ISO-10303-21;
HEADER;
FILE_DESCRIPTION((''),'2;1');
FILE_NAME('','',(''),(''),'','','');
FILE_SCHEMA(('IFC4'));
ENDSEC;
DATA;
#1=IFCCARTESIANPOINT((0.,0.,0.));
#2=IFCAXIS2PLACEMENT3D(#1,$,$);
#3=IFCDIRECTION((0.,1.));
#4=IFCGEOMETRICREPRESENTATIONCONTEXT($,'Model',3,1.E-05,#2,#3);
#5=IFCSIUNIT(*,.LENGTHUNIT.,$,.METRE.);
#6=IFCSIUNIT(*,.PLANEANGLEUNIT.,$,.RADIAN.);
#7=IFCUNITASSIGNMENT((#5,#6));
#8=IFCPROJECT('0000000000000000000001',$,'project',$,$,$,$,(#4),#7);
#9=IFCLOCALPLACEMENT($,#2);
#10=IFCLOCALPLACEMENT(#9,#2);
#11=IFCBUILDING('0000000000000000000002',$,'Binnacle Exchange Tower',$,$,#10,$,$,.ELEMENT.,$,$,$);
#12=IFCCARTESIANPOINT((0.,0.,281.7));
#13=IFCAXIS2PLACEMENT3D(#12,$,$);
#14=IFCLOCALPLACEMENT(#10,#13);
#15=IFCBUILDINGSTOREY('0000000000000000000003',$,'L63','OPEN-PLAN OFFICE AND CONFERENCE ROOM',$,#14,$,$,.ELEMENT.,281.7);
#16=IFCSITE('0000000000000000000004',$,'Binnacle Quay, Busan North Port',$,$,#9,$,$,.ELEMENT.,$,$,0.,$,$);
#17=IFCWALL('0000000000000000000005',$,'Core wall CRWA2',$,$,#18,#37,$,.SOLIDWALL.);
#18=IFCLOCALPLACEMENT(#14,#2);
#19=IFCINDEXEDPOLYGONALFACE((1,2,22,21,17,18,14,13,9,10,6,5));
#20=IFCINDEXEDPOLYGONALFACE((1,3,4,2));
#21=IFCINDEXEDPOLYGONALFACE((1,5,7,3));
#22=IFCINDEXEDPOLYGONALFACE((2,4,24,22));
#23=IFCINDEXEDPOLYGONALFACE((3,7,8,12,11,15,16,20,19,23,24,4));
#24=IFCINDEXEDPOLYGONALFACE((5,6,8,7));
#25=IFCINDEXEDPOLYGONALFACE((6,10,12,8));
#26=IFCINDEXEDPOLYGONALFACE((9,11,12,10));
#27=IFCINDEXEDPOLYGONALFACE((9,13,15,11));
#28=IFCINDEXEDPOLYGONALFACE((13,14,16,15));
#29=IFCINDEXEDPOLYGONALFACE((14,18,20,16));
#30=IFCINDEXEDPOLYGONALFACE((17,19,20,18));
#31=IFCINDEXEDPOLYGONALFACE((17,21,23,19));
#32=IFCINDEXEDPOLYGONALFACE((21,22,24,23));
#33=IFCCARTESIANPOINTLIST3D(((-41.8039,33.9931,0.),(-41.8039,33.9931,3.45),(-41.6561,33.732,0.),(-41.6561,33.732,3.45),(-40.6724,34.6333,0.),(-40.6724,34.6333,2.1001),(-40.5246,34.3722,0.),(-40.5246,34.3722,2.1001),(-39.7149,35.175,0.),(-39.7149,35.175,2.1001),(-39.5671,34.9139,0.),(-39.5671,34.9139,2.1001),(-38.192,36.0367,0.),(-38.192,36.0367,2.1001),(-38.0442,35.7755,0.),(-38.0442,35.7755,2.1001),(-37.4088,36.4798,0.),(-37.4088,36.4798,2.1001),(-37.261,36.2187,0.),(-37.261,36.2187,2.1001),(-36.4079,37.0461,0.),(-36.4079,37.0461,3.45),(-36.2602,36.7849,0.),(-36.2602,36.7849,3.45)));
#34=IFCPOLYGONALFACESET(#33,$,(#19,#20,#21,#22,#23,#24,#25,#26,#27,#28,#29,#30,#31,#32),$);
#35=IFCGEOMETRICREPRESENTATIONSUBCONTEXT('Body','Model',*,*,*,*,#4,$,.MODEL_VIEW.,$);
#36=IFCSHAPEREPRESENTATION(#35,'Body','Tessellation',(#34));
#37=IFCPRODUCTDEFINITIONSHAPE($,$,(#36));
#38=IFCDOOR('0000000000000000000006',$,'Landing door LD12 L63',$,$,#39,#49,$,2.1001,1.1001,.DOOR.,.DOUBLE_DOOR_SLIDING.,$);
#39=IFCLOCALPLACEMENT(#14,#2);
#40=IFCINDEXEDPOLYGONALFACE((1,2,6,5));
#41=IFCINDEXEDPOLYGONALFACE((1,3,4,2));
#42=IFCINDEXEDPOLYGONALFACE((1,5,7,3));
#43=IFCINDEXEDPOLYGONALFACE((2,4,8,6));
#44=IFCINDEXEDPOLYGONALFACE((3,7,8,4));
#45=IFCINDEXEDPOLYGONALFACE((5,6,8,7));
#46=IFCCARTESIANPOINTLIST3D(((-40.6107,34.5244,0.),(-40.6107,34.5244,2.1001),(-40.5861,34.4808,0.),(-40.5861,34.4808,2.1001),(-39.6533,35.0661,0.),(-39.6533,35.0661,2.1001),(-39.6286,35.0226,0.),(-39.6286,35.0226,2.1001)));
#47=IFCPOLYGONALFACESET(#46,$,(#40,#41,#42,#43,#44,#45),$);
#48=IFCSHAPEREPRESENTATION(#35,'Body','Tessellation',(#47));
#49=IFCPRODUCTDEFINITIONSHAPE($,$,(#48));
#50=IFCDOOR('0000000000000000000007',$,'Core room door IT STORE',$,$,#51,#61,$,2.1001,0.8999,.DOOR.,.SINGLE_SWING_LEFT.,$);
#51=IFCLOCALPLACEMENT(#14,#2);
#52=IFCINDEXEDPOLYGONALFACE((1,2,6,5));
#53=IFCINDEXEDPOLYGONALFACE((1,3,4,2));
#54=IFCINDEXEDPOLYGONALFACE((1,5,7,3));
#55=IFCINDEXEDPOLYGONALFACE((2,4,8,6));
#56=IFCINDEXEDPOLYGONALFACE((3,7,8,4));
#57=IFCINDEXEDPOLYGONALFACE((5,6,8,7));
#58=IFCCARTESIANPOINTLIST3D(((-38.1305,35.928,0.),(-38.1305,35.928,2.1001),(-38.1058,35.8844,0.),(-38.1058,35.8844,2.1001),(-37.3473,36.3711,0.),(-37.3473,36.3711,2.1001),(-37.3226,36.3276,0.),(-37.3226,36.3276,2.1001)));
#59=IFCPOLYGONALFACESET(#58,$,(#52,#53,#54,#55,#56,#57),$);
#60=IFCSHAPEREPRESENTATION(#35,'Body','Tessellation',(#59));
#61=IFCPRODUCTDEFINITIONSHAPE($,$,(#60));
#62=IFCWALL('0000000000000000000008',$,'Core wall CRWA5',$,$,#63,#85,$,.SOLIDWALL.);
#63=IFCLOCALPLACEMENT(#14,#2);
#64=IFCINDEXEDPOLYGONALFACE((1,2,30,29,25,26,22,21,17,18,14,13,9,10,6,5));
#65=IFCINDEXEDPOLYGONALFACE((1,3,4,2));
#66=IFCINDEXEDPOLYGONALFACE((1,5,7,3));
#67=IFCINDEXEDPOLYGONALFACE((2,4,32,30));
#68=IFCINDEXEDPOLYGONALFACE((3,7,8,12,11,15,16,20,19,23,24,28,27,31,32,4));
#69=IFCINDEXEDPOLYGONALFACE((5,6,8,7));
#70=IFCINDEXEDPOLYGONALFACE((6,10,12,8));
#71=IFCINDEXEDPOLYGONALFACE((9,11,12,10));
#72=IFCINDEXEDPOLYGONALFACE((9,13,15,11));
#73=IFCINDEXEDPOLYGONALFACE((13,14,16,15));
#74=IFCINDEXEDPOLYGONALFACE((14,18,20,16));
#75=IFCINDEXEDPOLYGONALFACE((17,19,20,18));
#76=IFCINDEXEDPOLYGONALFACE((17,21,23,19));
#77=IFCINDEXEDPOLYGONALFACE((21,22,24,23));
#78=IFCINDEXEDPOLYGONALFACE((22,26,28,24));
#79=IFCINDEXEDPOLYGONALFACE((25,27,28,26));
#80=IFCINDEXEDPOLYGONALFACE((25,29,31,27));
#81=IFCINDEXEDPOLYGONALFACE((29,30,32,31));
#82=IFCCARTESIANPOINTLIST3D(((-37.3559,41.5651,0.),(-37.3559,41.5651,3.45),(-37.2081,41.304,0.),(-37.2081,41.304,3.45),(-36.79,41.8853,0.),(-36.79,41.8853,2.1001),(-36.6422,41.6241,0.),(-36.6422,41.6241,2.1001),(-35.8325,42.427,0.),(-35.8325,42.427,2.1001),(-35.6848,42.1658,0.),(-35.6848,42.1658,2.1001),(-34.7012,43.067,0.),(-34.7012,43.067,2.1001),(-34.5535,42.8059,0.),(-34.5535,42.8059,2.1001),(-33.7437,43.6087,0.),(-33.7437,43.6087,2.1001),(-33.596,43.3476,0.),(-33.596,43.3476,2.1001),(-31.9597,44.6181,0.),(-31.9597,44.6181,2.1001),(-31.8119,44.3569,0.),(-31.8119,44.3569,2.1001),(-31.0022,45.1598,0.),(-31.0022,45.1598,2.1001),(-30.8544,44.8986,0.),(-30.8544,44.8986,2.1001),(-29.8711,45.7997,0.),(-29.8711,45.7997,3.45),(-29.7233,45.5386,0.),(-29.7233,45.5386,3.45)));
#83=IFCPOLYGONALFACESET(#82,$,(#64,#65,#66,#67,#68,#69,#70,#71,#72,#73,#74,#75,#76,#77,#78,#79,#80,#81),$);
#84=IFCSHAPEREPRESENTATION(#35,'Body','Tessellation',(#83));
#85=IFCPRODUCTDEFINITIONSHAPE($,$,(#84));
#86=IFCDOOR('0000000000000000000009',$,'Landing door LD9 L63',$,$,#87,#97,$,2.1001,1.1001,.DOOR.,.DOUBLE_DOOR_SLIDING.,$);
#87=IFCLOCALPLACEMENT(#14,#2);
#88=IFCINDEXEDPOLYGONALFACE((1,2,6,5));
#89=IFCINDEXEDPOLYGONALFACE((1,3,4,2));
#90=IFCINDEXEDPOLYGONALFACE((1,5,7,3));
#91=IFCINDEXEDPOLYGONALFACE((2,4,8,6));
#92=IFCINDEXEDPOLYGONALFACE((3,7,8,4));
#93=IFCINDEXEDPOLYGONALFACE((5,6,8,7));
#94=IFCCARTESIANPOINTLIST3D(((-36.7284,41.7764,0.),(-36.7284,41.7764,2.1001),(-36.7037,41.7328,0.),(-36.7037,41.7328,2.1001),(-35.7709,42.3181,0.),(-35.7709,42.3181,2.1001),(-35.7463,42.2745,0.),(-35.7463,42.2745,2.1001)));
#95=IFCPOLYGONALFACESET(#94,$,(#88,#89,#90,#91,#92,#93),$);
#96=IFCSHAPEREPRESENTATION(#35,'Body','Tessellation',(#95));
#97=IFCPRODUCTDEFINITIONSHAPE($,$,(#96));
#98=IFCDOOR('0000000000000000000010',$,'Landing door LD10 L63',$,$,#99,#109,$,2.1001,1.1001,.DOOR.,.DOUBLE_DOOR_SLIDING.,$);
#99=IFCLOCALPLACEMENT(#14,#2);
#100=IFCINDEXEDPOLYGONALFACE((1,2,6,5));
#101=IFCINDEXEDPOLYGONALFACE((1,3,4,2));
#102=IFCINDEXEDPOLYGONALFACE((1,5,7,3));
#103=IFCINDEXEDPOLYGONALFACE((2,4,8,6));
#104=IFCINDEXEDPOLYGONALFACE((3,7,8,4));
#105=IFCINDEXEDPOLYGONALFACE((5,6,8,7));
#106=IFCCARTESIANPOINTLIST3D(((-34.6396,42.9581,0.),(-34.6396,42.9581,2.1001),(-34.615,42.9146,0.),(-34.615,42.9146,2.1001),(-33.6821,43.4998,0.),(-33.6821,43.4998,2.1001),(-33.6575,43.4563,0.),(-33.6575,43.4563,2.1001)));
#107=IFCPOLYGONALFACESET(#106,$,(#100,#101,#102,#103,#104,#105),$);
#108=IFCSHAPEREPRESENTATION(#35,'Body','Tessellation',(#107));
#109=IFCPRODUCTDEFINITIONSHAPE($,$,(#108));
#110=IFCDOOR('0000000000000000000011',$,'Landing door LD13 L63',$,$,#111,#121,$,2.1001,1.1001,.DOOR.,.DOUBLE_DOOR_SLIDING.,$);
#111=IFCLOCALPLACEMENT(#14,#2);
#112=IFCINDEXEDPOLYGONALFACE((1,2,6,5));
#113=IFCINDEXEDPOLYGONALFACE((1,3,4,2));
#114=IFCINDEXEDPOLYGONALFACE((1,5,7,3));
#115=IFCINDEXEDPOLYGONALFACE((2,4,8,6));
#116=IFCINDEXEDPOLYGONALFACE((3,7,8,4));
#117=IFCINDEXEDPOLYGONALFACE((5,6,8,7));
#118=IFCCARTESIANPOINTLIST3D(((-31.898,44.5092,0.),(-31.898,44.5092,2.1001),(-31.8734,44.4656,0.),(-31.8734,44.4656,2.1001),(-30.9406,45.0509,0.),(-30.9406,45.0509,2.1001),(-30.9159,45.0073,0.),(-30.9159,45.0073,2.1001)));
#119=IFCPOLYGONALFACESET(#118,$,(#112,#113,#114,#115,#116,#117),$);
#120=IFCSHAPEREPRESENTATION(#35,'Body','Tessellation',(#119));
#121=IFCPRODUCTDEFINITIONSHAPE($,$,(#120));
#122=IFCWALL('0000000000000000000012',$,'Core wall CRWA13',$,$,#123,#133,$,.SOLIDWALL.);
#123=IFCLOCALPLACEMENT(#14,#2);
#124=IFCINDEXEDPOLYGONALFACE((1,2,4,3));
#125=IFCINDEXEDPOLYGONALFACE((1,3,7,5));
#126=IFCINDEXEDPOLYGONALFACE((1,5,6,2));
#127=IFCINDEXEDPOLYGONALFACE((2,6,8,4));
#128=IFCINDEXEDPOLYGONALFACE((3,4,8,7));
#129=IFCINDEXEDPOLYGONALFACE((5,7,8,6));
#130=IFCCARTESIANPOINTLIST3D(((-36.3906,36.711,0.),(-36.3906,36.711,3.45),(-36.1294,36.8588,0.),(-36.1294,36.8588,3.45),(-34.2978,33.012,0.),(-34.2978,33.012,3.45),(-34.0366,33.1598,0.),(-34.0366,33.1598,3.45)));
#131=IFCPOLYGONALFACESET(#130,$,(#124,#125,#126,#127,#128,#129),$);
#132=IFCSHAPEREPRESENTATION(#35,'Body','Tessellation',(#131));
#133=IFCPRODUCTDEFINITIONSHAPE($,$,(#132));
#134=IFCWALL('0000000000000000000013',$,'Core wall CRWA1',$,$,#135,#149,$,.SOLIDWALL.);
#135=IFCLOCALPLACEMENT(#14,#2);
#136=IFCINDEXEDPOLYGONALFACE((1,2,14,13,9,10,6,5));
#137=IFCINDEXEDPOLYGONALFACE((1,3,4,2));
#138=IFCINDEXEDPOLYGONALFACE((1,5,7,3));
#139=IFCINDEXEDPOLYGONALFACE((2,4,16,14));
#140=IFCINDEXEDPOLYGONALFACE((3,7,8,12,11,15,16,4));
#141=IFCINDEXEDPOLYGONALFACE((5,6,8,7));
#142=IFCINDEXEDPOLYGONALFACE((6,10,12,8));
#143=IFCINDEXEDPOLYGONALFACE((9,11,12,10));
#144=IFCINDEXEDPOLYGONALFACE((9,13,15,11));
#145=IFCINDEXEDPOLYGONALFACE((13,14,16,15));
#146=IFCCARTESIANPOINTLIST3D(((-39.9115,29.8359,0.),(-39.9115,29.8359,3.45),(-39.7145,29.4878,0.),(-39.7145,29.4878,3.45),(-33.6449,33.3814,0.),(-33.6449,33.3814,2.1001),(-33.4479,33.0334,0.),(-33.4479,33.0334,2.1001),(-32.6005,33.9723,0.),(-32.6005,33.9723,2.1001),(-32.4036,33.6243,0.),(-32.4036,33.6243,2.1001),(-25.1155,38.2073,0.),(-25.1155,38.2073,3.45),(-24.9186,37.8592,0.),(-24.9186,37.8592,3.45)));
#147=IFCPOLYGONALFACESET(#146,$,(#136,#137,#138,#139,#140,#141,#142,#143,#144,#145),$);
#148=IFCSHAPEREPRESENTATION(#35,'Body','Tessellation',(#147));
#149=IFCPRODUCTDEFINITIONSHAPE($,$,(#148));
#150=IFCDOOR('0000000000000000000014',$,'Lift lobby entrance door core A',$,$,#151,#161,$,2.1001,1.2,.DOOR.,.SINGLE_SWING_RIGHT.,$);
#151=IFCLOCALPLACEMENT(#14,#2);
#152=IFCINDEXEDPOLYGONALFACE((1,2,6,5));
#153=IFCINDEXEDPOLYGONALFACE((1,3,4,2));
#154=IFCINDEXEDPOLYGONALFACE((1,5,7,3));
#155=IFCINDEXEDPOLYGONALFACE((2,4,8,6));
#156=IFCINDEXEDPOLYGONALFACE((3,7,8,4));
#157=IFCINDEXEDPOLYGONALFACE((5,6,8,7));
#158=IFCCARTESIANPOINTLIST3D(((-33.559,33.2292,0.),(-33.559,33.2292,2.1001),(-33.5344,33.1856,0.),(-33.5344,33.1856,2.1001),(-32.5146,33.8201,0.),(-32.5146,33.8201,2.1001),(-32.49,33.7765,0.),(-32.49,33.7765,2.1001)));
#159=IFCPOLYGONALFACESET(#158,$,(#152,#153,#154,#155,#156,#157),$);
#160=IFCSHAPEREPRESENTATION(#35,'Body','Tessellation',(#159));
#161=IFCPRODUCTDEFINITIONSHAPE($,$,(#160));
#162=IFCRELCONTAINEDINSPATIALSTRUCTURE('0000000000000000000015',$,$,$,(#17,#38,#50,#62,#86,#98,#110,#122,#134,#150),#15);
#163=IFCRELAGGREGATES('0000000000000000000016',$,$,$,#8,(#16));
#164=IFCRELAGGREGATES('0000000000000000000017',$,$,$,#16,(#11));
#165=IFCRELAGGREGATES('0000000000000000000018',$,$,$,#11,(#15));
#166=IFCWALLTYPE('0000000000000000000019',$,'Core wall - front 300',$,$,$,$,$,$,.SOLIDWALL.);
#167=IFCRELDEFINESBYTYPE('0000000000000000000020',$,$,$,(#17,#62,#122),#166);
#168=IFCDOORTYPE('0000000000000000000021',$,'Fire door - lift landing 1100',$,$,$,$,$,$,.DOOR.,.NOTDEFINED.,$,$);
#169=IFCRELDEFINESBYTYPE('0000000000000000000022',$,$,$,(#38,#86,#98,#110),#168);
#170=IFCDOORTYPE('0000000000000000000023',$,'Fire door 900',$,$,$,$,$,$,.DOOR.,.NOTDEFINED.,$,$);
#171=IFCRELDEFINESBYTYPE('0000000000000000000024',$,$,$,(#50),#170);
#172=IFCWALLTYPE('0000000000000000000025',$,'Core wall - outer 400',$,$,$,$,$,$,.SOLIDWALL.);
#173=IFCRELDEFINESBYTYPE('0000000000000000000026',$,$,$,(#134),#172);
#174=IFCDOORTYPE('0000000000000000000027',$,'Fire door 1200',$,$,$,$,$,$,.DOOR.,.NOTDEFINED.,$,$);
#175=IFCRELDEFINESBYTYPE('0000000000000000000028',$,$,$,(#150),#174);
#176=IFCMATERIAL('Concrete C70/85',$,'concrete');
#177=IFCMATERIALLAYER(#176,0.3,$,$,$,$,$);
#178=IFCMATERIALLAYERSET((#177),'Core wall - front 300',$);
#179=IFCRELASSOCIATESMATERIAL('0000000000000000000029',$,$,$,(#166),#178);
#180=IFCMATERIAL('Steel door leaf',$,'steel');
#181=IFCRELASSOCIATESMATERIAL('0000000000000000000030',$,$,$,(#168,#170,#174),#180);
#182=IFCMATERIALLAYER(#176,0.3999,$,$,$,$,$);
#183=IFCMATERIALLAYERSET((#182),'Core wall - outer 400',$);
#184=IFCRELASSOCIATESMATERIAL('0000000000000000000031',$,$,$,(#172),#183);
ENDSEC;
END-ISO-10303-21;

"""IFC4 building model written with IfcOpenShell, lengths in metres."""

from ifc_helpers import new_model, si_unit, direction, frame, frame_2d, origin, place, context, subcontext, project, spatial, rectangle, extrude, material, layer, layer_set, type_object, element, fill, save


model = new_model("IFC4")

# Units and contexts
model_context = context("Model", 3, precision=1e-05, world=origin(), true_north=direction((0.0, 1.0)))
body_context = subcontext(model_context, "Body", "Model", "MODEL_VIEW")
ifc_project = project(units=[si_unit("LENGTHUNIT", "METRE"), si_unit("PLANEANGLEUNIT", "RADIAN")], contexts=[model_context])

# Site, building, storey
site_placement = place(None, origin())
site = spatial("IfcSite", under=ifc_project, at=site_placement, Name="Binnacle Quay, Busan North Port", CompositionType="ELEMENT", RefElevation=0.0)
building_placement = place(site_placement, origin())
building = spatial("IfcBuilding", under=site, at=building_placement, Name="Binnacle Exchange Tower", CompositionType="ELEMENT")
storey_placement = place(building_placement, frame((0.0, 0.0, 281.7)))
storey = spatial("IfcBuildingStorey", under=building, at=storey_placement, Name="L63", Description="OPEN-PLAN OFFICE AND CONFERENCE ROOM", CompositionType="ELEMENT", Elevation=281.7)

# Walls, openings, doors
ifc_material_1 = material(Name="Concrete C70/85", Category="concrete")
ifc_layer_1 = layer(ifc_material_1, 0.3)
ifc_layer_set_1 = layer_set([ifc_layer_1], Name="Core wall - front 300")
wall_type_1 = type_object("IfcWallType", Name="Core wall - front 300", PredefinedType="SOLIDWALL", material=ifc_layer_set_1)
wall_1_placement = place(storey_placement, frame((-41.73, 33.8625, 0.0), z_axis=(0.0, 0.0, 1.0), x_axis=(0.870351, 0.492432, 0.0)))
wall_1 = element("IfcWall", 1, at=wall_1_placement, inside=storey, type_object=wall_type_1, Name="Core wall CRWA2", PredefinedType="SOLIDWALL", context=body_context, shape_type="SweptSolid", body=[
    extrude(rectangle(XDim=6.1997, YDim=0.3, at=frame_2d((3.0999, 0.0))), origin(), (0.0, 0.0, 1.0), 3.45),
])
opening_1_placement = place(wall_1_placement, frame((1.3, 0.0, 0.0)))
opening_1 = element("IfcOpeningElement", 2, at=opening_1_placement, cuts=wall_1, PredefinedType="OPENING", context=body_context, shape_type="SweptSolid", body=[
    extrude(rectangle(XDim=1.1001, YDim=2.1001, at=frame_2d((0.55, 1.05))), frame((0.0, 0.1599, 0.0), z_axis=(0.0, -1.0, 0.0), x_axis=(1.0, 0.0, 0.0)), (0.0, 0.0, 1.0), 0.3201),
])
opening_2_placement = place(wall_1_placement, frame((4.1499, 0.0, 0.0)))
opening_2 = element("IfcOpeningElement", 3, at=opening_2_placement, cuts=wall_1, PredefinedType="OPENING", context=body_context, shape_type="SweptSolid", body=[
    extrude(rectangle(XDim=0.8999, YDim=2.1001, at=frame_2d((0.45, 1.05))), frame((0.0, 0.1599, 0.0), z_axis=(0.0, -1.0, 0.0), x_axis=(1.0, 0.0, 0.0)), (0.0, 0.0, 1.0), 0.3201),
])
ifc_material_2 = material(Name="Steel door leaf", Category="steel")
door_type_1 = type_object("IfcDoorType", Name="Fire door - lift landing 1100", OperationType="NOTDEFINED", PredefinedType="DOOR", material=ifc_material_2)
door_1_placement = place(opening_1_placement, origin())
door_1 = element("IfcDoor", 4, at=door_1_placement, inside=storey, type_object=door_type_1, Name="Landing door LD12 L63", OperationType="DOUBLE_DOOR_SLIDING", OverallHeight=2.1001, OverallWidth=1.1001, PredefinedType="DOOR", context=body_context, shape_type="SweptSolid", body=[
    extrude(rectangle(XDim=1.1001, YDim=2.1001, at=frame_2d((0.55, 1.05))), frame((0.0, 0.0249, 0.0), z_axis=(0.0, -1.0, 0.0), x_axis=(1.0, 0.0, 0.0)), (0.0, 0.0, 1.0), 0.05),
])
fill(opening_1, door_1)
door_type_2 = type_object("IfcDoorType", Name="Fire door 900", OperationType="NOTDEFINED", PredefinedType="DOOR", material=ifc_material_2)
door_2_placement = place(opening_2_placement, frame((0.8999, 0.0, 0.0), z_axis=(0.0, 0.0, 1.0), x_axis=(-1.0, 0.0, 0.0)))
door_2 = element("IfcDoor", 5, at=door_2_placement, inside=storey, type_object=door_type_2, Name="Core room door IT STORE", OperationType="SINGLE_SWING_LEFT", OverallHeight=2.1001, OverallWidth=0.8999, PredefinedType="DOOR", context=body_context, shape_type="SweptSolid", body=[
    extrude(rectangle(XDim=0.8999, YDim=2.1001, at=frame_2d((0.45, 1.05))), frame((0.0, 0.0249, 0.0), z_axis=(0.0, -1.0, 0.0), x_axis=(1.0, 0.0, 0.0)), (0.0, 0.0, 1.0), 0.05),
])
fill(opening_2, door_2)
wall_2_placement = place(storey_placement, frame((-37.282, 41.4346, 0.0), z_axis=(0.0, 0.0, 1.0), x_axis=(0.870361, 0.492414, 0.0)))
wall_2 = element("IfcWall", 6, at=wall_2_placement, inside=storey, type_object=wall_type_1, Name="Core wall CRWA5", PredefinedType="SOLIDWALL", context=body_context, shape_type="SweptSolid", body=[
    extrude(rectangle(XDim=8.5996, YDim=0.3, at=frame_2d((4.2998, 0.0))), origin(), (0.0, 0.0, 1.0), 3.45),
])
opening_3_placement = place(wall_2_placement, frame((0.6501, 0.0, 0.0)))
opening_3 = element("IfcOpeningElement", 7, at=opening_3_placement, cuts=wall_2, PredefinedType="OPENING", context=body_context, shape_type="SweptSolid", body=[
    extrude(rectangle(XDim=1.1001, YDim=2.1001, at=frame_2d((0.55, 1.05))), frame((0.0, 0.1599, 0.0), z_axis=(0.0, -1.0, 0.0), x_axis=(1.0, 0.0, 0.0)), (0.0, 0.0, 1.0), 0.3201),
])
opening_4_placement = place(wall_2_placement, frame((3.05, 0.0, 0.0)))
opening_4 = element("IfcOpeningElement", 8, at=opening_4_placement, cuts=wall_2, PredefinedType="OPENING", context=body_context, shape_type="SweptSolid", body=[
    extrude(rectangle(XDim=1.1001, YDim=2.1001, at=frame_2d((0.55, 1.05))), frame((0.0, 0.1599, 0.0), z_axis=(0.0, -1.0, 0.0), x_axis=(1.0, 0.0, 0.0)), (0.0, 0.0, 1.0), 0.3201),
])
opening_5_placement = place(wall_2_placement, frame((6.2, 0.0, 0.0)))
opening_5 = element("IfcOpeningElement", 9, at=opening_5_placement, cuts=wall_2, PredefinedType="OPENING", context=body_context, shape_type="SweptSolid", body=[
    extrude(rectangle(XDim=1.1001, YDim=2.1001, at=frame_2d((0.55, 1.05))), frame((0.0, 0.1599, 0.0), z_axis=(0.0, -1.0, 0.0), x_axis=(1.0, 0.0, 0.0)), (0.0, 0.0, 1.0), 0.3201),
])
door_3_placement = place(opening_3_placement, origin())
door_3 = element("IfcDoor", 10, at=door_3_placement, inside=storey, type_object=door_type_1, Name="Landing door LD9 L63", OperationType="DOUBLE_DOOR_SLIDING", OverallHeight=2.1001, OverallWidth=1.1001, PredefinedType="DOOR", context=body_context, shape_type="SweptSolid", body=[
    extrude(rectangle(XDim=1.1001, YDim=2.1001, at=frame_2d((0.55, 1.05))), frame((0.0, 0.0249, 0.0), z_axis=(0.0, -1.0, 0.0), x_axis=(1.0, 0.0, 0.0)), (0.0, 0.0, 1.0), 0.05),
])
fill(opening_3, door_3)
door_4_placement = place(opening_4_placement, origin())
door_4 = element("IfcDoor", 11, at=door_4_placement, inside=storey, type_object=door_type_1, Name="Landing door LD10 L63", OperationType="DOUBLE_DOOR_SLIDING", OverallHeight=2.1001, OverallWidth=1.1001, PredefinedType="DOOR", context=body_context, shape_type="SweptSolid", body=[
    extrude(rectangle(XDim=1.1001, YDim=2.1001, at=frame_2d((0.55, 1.05))), frame((0.0, 0.0249, 0.0), z_axis=(0.0, -1.0, 0.0), x_axis=(1.0, 0.0, 0.0)), (0.0, 0.0, 1.0), 0.05),
])
fill(opening_4, door_4)
door_5_placement = place(opening_5_placement, origin())
door_5 = element("IfcDoor", 12, at=door_5_placement, inside=storey, type_object=door_type_1, Name="Landing door LD13 L63", OperationType="DOUBLE_DOOR_SLIDING", OverallHeight=2.1001, OverallWidth=1.1001, PredefinedType="DOOR", context=body_context, shape_type="SweptSolid", body=[
    extrude(rectangle(XDim=1.1001, YDim=2.1001, at=frame_2d((0.55, 1.05))), frame((0.0, 0.0249, 0.0), z_axis=(0.0, -1.0, 0.0), x_axis=(1.0, 0.0, 0.0)), (0.0, 0.0, 1.0), 0.05),
])
fill(opening_5, door_5)

# Wall
wall_3_placement = place(storey_placement, frame((-36.26, 36.7849, 0.0), z_axis=(0.0, 0.0, 1.0), x_axis=(0.492423, -0.870356, 0.0)))
element("IfcWall", 13, at=wall_3_placement, inside=storey, type_object=wall_type_1, Name="Core wall CRWA13", PredefinedType="SOLIDWALL", context=body_context, shape_type="SweptSolid", body=[
    extrude(rectangle(XDim=4.25, YDim=0.3, at=frame_2d((2.125, 0.0))), origin(), (0.0, 0.0, 1.0), 3.45),
])

# Wall, opening, door
ifc_layer_2 = layer(ifc_material_1, 0.3999)
ifc_layer_set_2 = layer_set([ifc_layer_2], Name="Core wall - outer 400")
wall_type_2 = type_object("IfcWallType", Name="Core wall - outer 400", PredefinedType="SOLIDWALL", material=ifc_layer_set_2)
wall_4_placement = place(storey_placement, frame((-39.813, 29.6619, 0.0), z_axis=(0.0, 0.0, 1.0), x_axis=(0.87035, 0.492433, 0.0)))
wall_4 = element("IfcWall", 14, at=wall_4_placement, inside=storey, type_object=wall_type_2, Name="Core wall CRWA1", PredefinedType="SOLIDWALL", context=body_context, shape_type="SweptSolid", body=[
    extrude(rectangle(XDim=17.0, YDim=0.3999, at=frame_2d((8.5, 0.0))), origin(), (0.0, 0.0, 1.0), 3.45),
])
opening_6_placement = place(wall_4_placement, frame((7.2, 0.0, 0.0)))
opening_6 = element("IfcOpeningElement", 15, at=opening_6_placement, cuts=wall_4, PredefinedType="OPENING", context=body_context, shape_type="SweptSolid", body=[
    extrude(rectangle(XDim=1.2, YDim=2.1001, at=frame_2d((0.6001, 1.05))), frame((0.0, 0.21, 0.0), z_axis=(0.0, -1.0, 0.0), x_axis=(1.0, 0.0, 0.0)), (0.0, 0.0, 1.0), 0.4199),
])
door_type_3 = type_object("IfcDoorType", Name="Fire door 1200", OperationType="NOTDEFINED", PredefinedType="DOOR", material=ifc_material_2)
door_6_placement = place(opening_6_placement, frame((1.2, 0.0, 0.0), z_axis=(0.0, 0.0, 1.0), x_axis=(-1.0, 0.0, 0.0)))
door_6 = element("IfcDoor", 16, at=door_6_placement, inside=storey, type_object=door_type_3, Name="Lift lobby entrance door core A", OperationType="SINGLE_SWING_RIGHT", OverallHeight=2.1001, OverallWidth=1.2, PredefinedType="DOOR", context=body_context, shape_type="SweptSolid", body=[
    extrude(rectangle(XDim=1.2, YDim=2.1001, at=frame_2d((0.6001, 1.05))), frame((0.0, 0.0249, 0.0), z_axis=(0.0, -1.0, 0.0), x_axis=(1.0, 0.0, 0.0)), (0.0, 0.0, 1.0), 0.05),
])
fill(opening_6, door_6)

save(model, "model.ifc")
